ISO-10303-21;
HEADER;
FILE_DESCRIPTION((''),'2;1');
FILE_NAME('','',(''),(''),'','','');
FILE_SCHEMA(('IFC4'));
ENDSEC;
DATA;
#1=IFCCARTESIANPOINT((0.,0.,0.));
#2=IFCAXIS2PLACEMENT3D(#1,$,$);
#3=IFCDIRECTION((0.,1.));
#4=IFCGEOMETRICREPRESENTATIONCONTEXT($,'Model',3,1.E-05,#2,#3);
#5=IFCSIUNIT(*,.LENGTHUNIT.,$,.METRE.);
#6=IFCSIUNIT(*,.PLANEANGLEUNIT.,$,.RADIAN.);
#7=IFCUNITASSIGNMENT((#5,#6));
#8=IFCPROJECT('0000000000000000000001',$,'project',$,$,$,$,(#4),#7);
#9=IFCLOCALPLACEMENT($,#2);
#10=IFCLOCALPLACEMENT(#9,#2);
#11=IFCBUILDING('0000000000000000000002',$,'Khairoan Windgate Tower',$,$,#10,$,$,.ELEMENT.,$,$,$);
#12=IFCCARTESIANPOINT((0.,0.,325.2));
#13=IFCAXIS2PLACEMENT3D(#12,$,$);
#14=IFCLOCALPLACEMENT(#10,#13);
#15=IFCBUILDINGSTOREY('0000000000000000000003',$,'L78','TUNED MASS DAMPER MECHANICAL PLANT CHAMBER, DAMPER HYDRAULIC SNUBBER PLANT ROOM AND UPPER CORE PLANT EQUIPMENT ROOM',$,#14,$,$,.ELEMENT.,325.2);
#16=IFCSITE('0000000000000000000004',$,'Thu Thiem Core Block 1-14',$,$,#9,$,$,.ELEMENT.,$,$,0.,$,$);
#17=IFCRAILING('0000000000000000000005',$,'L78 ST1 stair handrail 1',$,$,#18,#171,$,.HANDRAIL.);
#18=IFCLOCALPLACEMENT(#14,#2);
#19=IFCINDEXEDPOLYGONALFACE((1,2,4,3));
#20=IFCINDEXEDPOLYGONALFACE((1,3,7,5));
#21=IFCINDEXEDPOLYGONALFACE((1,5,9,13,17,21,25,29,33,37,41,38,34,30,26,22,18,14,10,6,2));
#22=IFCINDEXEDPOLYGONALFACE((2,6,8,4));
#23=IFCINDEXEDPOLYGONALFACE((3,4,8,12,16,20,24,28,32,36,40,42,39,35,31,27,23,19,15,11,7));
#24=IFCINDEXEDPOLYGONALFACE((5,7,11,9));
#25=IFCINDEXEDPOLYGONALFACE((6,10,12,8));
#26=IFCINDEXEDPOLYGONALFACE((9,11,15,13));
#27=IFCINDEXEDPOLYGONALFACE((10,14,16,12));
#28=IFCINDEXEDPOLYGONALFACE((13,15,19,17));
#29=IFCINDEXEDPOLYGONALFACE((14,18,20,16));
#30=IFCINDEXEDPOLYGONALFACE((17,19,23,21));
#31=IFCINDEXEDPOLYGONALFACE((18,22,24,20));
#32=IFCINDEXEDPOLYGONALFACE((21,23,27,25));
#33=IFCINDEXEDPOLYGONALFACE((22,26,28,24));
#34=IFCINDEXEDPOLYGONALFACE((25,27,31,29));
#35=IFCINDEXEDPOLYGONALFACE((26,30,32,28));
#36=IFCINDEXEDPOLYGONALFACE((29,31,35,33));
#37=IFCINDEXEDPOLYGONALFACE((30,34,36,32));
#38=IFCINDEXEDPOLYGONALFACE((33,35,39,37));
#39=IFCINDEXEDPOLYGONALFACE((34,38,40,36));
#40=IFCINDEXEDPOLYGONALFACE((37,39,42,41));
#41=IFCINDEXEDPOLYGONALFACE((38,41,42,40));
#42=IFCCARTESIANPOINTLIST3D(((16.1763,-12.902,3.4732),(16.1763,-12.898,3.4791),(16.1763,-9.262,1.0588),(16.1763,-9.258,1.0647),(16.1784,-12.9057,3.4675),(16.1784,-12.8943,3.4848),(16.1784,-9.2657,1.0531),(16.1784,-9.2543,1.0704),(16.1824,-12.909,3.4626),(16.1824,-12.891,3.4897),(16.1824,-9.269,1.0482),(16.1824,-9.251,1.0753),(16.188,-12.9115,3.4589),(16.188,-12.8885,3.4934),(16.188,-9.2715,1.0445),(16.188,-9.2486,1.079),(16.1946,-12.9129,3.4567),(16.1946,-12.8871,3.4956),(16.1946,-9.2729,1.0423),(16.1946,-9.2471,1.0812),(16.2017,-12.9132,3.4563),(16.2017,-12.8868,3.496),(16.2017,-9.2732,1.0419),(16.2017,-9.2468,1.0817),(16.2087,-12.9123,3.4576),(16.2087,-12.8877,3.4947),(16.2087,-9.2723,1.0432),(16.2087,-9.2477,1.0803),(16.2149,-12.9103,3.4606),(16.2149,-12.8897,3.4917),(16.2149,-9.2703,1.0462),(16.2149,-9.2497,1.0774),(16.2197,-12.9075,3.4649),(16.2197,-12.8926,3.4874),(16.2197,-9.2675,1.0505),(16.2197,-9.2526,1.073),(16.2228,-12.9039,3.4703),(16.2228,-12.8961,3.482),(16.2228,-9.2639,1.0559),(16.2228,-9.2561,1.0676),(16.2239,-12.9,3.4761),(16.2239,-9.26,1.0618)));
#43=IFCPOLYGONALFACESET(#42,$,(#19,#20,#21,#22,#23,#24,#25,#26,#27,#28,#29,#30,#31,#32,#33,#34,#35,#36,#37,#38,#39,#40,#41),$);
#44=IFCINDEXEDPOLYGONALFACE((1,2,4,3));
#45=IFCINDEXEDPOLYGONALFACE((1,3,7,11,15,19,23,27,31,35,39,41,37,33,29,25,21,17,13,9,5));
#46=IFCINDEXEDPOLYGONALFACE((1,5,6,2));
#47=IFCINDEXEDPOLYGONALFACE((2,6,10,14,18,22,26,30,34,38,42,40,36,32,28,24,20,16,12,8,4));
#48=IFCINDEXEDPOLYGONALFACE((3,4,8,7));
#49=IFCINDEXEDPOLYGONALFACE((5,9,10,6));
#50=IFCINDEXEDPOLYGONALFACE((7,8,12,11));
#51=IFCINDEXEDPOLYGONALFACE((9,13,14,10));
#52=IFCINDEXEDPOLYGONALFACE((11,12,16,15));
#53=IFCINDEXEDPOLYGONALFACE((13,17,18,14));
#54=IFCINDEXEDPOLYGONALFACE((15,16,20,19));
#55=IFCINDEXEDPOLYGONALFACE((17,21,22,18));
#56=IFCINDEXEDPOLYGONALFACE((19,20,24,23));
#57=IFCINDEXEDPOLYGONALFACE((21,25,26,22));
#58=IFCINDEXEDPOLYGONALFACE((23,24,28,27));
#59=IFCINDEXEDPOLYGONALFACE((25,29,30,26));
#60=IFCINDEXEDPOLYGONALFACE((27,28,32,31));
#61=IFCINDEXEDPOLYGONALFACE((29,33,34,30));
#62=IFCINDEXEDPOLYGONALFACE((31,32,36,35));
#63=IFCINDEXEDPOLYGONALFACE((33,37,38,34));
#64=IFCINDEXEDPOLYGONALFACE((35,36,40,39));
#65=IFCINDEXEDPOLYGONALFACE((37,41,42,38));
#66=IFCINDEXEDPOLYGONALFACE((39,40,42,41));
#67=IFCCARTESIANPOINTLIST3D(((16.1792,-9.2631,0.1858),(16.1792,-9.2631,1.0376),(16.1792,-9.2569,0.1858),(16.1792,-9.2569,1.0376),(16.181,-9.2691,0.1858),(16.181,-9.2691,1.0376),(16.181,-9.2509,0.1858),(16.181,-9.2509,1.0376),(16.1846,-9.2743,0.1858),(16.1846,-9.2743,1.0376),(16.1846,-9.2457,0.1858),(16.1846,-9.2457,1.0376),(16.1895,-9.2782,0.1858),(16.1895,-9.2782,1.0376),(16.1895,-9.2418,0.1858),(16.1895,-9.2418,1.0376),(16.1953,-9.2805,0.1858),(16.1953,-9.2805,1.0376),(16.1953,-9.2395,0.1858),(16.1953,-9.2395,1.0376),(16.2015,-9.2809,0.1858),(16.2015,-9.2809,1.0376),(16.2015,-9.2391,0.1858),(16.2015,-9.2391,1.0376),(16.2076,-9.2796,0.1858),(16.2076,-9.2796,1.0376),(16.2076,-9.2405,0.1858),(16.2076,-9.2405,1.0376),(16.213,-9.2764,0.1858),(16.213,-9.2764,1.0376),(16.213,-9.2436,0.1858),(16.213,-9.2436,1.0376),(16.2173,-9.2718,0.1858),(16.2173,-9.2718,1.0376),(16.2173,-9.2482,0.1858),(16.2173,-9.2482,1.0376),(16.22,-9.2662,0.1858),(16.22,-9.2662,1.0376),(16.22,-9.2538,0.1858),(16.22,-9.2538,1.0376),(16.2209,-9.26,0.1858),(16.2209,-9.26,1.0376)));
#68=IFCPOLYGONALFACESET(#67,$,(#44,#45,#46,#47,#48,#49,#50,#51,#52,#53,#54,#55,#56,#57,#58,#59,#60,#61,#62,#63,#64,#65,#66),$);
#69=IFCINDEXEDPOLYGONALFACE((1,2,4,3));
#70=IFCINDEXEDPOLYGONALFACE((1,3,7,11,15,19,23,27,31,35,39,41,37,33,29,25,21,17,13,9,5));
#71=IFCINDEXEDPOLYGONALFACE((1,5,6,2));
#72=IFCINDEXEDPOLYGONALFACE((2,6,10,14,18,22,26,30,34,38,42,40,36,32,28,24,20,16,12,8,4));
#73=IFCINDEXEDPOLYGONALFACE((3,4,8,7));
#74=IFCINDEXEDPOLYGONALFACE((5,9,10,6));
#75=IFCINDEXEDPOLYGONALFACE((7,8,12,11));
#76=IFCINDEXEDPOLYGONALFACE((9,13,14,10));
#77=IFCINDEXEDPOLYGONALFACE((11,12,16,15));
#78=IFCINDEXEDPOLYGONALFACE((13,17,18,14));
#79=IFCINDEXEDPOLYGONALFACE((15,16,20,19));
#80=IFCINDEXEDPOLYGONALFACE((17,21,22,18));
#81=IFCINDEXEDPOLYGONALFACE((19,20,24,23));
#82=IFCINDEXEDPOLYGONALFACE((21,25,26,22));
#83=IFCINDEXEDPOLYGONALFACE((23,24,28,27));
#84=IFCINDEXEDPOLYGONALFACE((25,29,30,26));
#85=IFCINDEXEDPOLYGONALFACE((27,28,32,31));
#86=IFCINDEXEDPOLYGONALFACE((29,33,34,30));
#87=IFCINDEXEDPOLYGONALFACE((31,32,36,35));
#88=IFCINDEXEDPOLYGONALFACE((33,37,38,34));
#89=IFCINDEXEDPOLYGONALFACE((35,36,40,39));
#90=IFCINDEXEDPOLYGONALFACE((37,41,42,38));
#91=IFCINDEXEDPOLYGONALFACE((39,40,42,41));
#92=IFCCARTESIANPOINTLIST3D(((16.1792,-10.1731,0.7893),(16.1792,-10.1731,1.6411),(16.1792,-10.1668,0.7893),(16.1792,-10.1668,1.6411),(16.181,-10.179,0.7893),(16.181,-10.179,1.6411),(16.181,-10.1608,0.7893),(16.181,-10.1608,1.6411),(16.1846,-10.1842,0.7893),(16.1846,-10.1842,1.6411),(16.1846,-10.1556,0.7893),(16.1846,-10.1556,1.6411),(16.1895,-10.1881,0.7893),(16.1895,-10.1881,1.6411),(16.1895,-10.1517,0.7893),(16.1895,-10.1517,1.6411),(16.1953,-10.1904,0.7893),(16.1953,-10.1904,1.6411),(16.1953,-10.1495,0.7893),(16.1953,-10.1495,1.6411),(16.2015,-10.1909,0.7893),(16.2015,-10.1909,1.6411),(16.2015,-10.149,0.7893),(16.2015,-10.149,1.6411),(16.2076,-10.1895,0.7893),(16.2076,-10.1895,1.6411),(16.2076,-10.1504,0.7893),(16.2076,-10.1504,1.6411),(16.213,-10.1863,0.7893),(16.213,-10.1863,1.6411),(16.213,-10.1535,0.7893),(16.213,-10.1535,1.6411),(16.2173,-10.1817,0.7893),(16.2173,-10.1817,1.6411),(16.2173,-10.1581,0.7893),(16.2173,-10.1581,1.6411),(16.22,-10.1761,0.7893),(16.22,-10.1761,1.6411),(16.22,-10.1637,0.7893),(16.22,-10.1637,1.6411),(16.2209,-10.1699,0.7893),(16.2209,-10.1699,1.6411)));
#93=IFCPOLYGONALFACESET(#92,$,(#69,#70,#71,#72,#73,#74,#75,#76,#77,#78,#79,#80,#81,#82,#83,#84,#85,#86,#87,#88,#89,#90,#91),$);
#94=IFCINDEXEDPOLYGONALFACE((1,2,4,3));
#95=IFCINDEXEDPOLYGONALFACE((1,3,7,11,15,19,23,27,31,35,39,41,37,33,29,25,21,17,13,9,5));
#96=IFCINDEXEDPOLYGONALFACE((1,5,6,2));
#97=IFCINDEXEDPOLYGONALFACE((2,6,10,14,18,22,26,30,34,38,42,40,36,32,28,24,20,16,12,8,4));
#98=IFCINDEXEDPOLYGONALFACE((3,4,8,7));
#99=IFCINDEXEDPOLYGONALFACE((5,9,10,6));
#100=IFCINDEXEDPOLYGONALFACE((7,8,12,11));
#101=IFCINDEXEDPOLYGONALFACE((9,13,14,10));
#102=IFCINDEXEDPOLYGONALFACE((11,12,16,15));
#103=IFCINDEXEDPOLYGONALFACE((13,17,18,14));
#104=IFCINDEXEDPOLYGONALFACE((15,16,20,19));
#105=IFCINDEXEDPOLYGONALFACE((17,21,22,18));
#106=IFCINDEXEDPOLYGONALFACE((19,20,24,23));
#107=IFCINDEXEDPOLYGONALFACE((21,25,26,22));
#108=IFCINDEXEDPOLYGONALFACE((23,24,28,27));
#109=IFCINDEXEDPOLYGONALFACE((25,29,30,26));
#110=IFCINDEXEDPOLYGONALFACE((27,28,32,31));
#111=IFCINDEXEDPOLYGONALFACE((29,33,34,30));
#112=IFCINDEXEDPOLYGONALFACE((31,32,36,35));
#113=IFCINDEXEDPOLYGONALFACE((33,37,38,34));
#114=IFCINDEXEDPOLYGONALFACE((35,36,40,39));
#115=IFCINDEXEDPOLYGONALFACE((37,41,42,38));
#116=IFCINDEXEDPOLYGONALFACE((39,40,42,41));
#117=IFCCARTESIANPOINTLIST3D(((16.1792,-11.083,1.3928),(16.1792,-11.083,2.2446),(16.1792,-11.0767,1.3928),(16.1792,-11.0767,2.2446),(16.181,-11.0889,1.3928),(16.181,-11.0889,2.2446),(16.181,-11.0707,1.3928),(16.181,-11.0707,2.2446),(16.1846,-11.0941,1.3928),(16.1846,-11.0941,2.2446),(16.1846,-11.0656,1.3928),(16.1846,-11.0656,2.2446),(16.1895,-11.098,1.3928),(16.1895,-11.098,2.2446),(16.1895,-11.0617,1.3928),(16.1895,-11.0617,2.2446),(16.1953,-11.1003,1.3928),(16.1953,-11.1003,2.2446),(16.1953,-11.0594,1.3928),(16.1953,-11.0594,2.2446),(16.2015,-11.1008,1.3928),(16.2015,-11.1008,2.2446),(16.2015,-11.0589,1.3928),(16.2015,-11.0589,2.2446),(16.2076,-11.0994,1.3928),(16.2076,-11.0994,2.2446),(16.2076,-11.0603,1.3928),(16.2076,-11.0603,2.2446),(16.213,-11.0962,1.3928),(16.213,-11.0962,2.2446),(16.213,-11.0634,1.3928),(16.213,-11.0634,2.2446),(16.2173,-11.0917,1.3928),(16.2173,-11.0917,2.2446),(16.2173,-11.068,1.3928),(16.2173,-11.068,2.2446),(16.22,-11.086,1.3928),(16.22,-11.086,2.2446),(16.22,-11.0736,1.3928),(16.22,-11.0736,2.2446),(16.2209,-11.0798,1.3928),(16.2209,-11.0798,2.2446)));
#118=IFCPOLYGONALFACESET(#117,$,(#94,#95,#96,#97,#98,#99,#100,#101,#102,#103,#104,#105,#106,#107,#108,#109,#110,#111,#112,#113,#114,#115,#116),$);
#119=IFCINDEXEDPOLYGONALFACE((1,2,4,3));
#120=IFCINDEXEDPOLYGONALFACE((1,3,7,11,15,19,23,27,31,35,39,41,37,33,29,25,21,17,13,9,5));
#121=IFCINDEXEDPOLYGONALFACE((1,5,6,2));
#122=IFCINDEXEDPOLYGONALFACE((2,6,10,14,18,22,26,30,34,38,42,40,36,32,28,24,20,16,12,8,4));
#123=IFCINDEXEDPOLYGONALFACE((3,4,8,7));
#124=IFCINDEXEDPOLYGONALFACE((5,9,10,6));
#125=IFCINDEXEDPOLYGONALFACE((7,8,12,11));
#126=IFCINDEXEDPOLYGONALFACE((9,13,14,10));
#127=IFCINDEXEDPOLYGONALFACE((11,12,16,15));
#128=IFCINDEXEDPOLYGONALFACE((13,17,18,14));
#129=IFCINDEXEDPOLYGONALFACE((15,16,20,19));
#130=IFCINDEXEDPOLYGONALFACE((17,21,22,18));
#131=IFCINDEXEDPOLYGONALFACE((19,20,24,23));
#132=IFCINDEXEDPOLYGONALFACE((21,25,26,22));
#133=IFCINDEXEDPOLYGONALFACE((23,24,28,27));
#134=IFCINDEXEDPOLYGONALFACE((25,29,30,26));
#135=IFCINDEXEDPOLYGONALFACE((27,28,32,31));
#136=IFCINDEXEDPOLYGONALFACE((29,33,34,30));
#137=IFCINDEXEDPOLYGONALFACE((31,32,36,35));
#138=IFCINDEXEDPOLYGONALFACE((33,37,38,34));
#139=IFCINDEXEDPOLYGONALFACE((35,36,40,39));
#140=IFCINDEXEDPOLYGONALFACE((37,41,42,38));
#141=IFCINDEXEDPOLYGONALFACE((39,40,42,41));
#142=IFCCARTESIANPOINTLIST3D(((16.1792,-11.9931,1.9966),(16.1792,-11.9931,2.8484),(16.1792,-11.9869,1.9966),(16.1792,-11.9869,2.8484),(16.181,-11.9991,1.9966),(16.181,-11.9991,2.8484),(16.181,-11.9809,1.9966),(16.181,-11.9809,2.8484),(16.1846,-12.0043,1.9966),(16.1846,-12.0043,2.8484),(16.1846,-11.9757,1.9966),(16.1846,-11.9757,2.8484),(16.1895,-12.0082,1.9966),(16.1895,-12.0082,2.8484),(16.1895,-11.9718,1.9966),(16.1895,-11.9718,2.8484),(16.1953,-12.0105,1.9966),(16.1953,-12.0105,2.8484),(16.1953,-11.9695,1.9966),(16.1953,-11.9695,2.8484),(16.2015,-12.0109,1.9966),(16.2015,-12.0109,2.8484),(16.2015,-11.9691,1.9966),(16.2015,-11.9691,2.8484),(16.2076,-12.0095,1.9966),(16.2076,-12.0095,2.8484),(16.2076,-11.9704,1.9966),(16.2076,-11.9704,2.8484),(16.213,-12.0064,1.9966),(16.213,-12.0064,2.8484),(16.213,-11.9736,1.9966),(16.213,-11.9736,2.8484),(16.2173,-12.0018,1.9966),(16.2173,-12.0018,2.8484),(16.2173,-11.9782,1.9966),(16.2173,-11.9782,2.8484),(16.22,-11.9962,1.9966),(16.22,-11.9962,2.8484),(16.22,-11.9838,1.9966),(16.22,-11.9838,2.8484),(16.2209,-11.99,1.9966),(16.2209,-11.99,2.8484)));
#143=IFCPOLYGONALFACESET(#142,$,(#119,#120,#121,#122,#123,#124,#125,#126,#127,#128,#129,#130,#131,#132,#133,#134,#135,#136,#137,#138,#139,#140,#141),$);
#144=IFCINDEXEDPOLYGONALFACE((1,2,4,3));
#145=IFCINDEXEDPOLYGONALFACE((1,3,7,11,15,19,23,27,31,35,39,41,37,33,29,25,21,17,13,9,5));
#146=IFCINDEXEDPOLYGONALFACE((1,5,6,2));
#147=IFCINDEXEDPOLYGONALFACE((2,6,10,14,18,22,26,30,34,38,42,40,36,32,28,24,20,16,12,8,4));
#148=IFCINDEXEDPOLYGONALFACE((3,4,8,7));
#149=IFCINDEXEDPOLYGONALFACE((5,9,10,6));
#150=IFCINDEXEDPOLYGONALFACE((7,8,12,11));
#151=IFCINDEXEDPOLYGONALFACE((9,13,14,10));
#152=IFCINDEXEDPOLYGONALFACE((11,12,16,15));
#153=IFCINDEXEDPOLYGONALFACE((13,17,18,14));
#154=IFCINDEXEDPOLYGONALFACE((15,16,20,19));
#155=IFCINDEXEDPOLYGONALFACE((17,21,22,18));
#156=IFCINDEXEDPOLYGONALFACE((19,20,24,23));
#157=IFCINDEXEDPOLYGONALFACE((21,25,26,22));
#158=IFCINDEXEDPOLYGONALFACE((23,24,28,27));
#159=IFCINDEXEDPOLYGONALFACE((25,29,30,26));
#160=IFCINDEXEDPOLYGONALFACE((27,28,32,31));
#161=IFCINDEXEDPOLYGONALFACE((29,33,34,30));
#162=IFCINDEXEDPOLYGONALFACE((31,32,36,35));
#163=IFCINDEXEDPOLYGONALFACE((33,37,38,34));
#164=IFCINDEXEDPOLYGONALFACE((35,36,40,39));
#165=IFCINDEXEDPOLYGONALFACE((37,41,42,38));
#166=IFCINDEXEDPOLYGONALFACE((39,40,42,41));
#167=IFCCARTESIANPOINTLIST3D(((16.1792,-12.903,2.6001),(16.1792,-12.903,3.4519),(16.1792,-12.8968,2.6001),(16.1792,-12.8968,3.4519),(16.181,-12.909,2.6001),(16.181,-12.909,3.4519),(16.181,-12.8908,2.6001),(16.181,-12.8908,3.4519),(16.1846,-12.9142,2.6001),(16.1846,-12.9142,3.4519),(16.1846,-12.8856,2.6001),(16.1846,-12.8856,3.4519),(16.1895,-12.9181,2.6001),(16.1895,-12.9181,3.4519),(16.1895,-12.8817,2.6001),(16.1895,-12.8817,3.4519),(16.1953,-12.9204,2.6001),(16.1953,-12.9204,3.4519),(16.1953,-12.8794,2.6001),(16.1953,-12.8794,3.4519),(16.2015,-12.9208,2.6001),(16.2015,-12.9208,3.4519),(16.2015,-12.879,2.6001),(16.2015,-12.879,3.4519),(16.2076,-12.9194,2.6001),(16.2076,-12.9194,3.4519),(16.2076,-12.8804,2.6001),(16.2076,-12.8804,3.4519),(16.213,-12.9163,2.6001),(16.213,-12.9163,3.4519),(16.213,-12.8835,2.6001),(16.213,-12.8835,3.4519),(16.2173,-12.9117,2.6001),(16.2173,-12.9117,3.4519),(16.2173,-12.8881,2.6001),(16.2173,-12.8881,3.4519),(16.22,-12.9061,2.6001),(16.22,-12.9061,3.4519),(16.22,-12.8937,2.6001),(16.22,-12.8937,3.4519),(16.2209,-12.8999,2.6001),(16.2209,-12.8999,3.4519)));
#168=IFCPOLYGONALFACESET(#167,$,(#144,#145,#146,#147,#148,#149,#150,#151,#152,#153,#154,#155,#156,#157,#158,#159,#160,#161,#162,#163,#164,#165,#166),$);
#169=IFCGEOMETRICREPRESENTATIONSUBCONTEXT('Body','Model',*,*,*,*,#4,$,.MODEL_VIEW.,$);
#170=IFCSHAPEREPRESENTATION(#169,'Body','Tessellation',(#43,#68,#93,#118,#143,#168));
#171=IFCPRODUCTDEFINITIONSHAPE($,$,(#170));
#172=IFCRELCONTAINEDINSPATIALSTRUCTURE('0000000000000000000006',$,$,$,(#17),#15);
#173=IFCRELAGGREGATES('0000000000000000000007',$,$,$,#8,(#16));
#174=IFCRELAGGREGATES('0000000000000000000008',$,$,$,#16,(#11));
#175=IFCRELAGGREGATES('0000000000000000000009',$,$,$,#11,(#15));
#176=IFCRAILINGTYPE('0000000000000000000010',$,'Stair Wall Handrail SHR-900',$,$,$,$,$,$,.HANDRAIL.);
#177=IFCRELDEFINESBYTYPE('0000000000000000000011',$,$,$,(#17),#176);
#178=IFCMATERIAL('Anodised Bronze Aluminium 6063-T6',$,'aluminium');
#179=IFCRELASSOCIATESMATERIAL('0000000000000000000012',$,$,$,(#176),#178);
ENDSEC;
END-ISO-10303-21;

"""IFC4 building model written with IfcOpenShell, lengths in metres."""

from ifc_helpers import new_model, si_unit, direction, frame, origin, origin_2d, place, context, subcontext, project, spatial, circle, extrude, material, type_object, element, save


model = new_model("IFC4")

# Units and contexts
model_context = context("Model", 3, precision=1e-05, world=origin(), true_north=direction((0.0, 1.0)))
body_context = subcontext(model_context, "Body", "Model", "MODEL_VIEW")
ifc_project = project(units=[si_unit("LENGTHUNIT", "METRE"), si_unit("PLANEANGLEUNIT", "RADIAN")], contexts=[model_context])

# Site, building, storey
site_placement = place(None, origin())
site = spatial("IfcSite", under=ifc_project, at=site_placement, Name="Thu Thiem Core Block 1-14", CompositionType="ELEMENT", RefElevation=0.0)
building_placement = place(site_placement, origin())
building = spatial("IfcBuilding", under=site, at=building_placement, Name="Khairoan Windgate Tower", CompositionType="ELEMENT")
storey_placement = place(building_placement, frame((0.0, 0.0, 325.2)))
storey = spatial("IfcBuildingStorey", under=building, at=storey_placement, Name="L78", Description="TUNED MASS DAMPER MECHANICAL PLANT CHAMBER, DAMPER HYDRAULIC SNUBBER PLANT ROOM AND UPPER CORE PLANT EQUIPMENT ROOM", CompositionType="ELEMENT", Elevation=325.2)

# Railing
ifc_material_1 = material(Name="Anodised Bronze Aluminium 6063-T6", Category="aluminium")
railing_type_1 = type_object("IfcRailingType", Name="Stair Wall Handrail SHR-900", PredefinedType="HANDRAIL", material=ifc_material_1)
railing_1_placement = place(storey_placement, frame((16.2, -9.26, 0.1858)))
element("IfcRailing", 1, at=railing_1_placement, inside=storey, type_object=railing_type_1, Name="L78 ST1 stair handrail 1", PredefinedType="HANDRAIL", context=body_context, shape_type="SweptSolid", body=[
    extrude(circle(Radius=0.0239, at=origin_2d()), frame((0.0, 0.0, 0.876), z_axis=(0.0, -0.833347, 0.552751), x_axis=(1.0, 0.0, 0.0)), (0.0, 0.0, 1.0), 4.3679),
    extrude(circle(Radius=0.021, at=origin_2d()), origin(), (0.0, 0.0, 1.0), 0.8518),
    extrude(circle(Radius=0.021, at=origin_2d()), frame((0.0, -0.9099, 0.6035)), (0.0, 0.0, 1.0), 0.8518),
    extrude(circle(Radius=0.021, at=origin_2d()), frame((0.0, -1.8198, 1.207)), (0.0, 0.0, 1.0), 0.8518),
    extrude(circle(Radius=0.021, at=origin_2d()), frame((0.0, -2.73, 1.8108)), (0.0, 0.0, 1.0), 0.8518),
    extrude(circle(Radius=0.021, at=origin_2d()), frame((0.0, -3.6399, 2.4143)), (0.0, 0.0, 1.0), 0.8518),
])

save(model, "model.ifc")
